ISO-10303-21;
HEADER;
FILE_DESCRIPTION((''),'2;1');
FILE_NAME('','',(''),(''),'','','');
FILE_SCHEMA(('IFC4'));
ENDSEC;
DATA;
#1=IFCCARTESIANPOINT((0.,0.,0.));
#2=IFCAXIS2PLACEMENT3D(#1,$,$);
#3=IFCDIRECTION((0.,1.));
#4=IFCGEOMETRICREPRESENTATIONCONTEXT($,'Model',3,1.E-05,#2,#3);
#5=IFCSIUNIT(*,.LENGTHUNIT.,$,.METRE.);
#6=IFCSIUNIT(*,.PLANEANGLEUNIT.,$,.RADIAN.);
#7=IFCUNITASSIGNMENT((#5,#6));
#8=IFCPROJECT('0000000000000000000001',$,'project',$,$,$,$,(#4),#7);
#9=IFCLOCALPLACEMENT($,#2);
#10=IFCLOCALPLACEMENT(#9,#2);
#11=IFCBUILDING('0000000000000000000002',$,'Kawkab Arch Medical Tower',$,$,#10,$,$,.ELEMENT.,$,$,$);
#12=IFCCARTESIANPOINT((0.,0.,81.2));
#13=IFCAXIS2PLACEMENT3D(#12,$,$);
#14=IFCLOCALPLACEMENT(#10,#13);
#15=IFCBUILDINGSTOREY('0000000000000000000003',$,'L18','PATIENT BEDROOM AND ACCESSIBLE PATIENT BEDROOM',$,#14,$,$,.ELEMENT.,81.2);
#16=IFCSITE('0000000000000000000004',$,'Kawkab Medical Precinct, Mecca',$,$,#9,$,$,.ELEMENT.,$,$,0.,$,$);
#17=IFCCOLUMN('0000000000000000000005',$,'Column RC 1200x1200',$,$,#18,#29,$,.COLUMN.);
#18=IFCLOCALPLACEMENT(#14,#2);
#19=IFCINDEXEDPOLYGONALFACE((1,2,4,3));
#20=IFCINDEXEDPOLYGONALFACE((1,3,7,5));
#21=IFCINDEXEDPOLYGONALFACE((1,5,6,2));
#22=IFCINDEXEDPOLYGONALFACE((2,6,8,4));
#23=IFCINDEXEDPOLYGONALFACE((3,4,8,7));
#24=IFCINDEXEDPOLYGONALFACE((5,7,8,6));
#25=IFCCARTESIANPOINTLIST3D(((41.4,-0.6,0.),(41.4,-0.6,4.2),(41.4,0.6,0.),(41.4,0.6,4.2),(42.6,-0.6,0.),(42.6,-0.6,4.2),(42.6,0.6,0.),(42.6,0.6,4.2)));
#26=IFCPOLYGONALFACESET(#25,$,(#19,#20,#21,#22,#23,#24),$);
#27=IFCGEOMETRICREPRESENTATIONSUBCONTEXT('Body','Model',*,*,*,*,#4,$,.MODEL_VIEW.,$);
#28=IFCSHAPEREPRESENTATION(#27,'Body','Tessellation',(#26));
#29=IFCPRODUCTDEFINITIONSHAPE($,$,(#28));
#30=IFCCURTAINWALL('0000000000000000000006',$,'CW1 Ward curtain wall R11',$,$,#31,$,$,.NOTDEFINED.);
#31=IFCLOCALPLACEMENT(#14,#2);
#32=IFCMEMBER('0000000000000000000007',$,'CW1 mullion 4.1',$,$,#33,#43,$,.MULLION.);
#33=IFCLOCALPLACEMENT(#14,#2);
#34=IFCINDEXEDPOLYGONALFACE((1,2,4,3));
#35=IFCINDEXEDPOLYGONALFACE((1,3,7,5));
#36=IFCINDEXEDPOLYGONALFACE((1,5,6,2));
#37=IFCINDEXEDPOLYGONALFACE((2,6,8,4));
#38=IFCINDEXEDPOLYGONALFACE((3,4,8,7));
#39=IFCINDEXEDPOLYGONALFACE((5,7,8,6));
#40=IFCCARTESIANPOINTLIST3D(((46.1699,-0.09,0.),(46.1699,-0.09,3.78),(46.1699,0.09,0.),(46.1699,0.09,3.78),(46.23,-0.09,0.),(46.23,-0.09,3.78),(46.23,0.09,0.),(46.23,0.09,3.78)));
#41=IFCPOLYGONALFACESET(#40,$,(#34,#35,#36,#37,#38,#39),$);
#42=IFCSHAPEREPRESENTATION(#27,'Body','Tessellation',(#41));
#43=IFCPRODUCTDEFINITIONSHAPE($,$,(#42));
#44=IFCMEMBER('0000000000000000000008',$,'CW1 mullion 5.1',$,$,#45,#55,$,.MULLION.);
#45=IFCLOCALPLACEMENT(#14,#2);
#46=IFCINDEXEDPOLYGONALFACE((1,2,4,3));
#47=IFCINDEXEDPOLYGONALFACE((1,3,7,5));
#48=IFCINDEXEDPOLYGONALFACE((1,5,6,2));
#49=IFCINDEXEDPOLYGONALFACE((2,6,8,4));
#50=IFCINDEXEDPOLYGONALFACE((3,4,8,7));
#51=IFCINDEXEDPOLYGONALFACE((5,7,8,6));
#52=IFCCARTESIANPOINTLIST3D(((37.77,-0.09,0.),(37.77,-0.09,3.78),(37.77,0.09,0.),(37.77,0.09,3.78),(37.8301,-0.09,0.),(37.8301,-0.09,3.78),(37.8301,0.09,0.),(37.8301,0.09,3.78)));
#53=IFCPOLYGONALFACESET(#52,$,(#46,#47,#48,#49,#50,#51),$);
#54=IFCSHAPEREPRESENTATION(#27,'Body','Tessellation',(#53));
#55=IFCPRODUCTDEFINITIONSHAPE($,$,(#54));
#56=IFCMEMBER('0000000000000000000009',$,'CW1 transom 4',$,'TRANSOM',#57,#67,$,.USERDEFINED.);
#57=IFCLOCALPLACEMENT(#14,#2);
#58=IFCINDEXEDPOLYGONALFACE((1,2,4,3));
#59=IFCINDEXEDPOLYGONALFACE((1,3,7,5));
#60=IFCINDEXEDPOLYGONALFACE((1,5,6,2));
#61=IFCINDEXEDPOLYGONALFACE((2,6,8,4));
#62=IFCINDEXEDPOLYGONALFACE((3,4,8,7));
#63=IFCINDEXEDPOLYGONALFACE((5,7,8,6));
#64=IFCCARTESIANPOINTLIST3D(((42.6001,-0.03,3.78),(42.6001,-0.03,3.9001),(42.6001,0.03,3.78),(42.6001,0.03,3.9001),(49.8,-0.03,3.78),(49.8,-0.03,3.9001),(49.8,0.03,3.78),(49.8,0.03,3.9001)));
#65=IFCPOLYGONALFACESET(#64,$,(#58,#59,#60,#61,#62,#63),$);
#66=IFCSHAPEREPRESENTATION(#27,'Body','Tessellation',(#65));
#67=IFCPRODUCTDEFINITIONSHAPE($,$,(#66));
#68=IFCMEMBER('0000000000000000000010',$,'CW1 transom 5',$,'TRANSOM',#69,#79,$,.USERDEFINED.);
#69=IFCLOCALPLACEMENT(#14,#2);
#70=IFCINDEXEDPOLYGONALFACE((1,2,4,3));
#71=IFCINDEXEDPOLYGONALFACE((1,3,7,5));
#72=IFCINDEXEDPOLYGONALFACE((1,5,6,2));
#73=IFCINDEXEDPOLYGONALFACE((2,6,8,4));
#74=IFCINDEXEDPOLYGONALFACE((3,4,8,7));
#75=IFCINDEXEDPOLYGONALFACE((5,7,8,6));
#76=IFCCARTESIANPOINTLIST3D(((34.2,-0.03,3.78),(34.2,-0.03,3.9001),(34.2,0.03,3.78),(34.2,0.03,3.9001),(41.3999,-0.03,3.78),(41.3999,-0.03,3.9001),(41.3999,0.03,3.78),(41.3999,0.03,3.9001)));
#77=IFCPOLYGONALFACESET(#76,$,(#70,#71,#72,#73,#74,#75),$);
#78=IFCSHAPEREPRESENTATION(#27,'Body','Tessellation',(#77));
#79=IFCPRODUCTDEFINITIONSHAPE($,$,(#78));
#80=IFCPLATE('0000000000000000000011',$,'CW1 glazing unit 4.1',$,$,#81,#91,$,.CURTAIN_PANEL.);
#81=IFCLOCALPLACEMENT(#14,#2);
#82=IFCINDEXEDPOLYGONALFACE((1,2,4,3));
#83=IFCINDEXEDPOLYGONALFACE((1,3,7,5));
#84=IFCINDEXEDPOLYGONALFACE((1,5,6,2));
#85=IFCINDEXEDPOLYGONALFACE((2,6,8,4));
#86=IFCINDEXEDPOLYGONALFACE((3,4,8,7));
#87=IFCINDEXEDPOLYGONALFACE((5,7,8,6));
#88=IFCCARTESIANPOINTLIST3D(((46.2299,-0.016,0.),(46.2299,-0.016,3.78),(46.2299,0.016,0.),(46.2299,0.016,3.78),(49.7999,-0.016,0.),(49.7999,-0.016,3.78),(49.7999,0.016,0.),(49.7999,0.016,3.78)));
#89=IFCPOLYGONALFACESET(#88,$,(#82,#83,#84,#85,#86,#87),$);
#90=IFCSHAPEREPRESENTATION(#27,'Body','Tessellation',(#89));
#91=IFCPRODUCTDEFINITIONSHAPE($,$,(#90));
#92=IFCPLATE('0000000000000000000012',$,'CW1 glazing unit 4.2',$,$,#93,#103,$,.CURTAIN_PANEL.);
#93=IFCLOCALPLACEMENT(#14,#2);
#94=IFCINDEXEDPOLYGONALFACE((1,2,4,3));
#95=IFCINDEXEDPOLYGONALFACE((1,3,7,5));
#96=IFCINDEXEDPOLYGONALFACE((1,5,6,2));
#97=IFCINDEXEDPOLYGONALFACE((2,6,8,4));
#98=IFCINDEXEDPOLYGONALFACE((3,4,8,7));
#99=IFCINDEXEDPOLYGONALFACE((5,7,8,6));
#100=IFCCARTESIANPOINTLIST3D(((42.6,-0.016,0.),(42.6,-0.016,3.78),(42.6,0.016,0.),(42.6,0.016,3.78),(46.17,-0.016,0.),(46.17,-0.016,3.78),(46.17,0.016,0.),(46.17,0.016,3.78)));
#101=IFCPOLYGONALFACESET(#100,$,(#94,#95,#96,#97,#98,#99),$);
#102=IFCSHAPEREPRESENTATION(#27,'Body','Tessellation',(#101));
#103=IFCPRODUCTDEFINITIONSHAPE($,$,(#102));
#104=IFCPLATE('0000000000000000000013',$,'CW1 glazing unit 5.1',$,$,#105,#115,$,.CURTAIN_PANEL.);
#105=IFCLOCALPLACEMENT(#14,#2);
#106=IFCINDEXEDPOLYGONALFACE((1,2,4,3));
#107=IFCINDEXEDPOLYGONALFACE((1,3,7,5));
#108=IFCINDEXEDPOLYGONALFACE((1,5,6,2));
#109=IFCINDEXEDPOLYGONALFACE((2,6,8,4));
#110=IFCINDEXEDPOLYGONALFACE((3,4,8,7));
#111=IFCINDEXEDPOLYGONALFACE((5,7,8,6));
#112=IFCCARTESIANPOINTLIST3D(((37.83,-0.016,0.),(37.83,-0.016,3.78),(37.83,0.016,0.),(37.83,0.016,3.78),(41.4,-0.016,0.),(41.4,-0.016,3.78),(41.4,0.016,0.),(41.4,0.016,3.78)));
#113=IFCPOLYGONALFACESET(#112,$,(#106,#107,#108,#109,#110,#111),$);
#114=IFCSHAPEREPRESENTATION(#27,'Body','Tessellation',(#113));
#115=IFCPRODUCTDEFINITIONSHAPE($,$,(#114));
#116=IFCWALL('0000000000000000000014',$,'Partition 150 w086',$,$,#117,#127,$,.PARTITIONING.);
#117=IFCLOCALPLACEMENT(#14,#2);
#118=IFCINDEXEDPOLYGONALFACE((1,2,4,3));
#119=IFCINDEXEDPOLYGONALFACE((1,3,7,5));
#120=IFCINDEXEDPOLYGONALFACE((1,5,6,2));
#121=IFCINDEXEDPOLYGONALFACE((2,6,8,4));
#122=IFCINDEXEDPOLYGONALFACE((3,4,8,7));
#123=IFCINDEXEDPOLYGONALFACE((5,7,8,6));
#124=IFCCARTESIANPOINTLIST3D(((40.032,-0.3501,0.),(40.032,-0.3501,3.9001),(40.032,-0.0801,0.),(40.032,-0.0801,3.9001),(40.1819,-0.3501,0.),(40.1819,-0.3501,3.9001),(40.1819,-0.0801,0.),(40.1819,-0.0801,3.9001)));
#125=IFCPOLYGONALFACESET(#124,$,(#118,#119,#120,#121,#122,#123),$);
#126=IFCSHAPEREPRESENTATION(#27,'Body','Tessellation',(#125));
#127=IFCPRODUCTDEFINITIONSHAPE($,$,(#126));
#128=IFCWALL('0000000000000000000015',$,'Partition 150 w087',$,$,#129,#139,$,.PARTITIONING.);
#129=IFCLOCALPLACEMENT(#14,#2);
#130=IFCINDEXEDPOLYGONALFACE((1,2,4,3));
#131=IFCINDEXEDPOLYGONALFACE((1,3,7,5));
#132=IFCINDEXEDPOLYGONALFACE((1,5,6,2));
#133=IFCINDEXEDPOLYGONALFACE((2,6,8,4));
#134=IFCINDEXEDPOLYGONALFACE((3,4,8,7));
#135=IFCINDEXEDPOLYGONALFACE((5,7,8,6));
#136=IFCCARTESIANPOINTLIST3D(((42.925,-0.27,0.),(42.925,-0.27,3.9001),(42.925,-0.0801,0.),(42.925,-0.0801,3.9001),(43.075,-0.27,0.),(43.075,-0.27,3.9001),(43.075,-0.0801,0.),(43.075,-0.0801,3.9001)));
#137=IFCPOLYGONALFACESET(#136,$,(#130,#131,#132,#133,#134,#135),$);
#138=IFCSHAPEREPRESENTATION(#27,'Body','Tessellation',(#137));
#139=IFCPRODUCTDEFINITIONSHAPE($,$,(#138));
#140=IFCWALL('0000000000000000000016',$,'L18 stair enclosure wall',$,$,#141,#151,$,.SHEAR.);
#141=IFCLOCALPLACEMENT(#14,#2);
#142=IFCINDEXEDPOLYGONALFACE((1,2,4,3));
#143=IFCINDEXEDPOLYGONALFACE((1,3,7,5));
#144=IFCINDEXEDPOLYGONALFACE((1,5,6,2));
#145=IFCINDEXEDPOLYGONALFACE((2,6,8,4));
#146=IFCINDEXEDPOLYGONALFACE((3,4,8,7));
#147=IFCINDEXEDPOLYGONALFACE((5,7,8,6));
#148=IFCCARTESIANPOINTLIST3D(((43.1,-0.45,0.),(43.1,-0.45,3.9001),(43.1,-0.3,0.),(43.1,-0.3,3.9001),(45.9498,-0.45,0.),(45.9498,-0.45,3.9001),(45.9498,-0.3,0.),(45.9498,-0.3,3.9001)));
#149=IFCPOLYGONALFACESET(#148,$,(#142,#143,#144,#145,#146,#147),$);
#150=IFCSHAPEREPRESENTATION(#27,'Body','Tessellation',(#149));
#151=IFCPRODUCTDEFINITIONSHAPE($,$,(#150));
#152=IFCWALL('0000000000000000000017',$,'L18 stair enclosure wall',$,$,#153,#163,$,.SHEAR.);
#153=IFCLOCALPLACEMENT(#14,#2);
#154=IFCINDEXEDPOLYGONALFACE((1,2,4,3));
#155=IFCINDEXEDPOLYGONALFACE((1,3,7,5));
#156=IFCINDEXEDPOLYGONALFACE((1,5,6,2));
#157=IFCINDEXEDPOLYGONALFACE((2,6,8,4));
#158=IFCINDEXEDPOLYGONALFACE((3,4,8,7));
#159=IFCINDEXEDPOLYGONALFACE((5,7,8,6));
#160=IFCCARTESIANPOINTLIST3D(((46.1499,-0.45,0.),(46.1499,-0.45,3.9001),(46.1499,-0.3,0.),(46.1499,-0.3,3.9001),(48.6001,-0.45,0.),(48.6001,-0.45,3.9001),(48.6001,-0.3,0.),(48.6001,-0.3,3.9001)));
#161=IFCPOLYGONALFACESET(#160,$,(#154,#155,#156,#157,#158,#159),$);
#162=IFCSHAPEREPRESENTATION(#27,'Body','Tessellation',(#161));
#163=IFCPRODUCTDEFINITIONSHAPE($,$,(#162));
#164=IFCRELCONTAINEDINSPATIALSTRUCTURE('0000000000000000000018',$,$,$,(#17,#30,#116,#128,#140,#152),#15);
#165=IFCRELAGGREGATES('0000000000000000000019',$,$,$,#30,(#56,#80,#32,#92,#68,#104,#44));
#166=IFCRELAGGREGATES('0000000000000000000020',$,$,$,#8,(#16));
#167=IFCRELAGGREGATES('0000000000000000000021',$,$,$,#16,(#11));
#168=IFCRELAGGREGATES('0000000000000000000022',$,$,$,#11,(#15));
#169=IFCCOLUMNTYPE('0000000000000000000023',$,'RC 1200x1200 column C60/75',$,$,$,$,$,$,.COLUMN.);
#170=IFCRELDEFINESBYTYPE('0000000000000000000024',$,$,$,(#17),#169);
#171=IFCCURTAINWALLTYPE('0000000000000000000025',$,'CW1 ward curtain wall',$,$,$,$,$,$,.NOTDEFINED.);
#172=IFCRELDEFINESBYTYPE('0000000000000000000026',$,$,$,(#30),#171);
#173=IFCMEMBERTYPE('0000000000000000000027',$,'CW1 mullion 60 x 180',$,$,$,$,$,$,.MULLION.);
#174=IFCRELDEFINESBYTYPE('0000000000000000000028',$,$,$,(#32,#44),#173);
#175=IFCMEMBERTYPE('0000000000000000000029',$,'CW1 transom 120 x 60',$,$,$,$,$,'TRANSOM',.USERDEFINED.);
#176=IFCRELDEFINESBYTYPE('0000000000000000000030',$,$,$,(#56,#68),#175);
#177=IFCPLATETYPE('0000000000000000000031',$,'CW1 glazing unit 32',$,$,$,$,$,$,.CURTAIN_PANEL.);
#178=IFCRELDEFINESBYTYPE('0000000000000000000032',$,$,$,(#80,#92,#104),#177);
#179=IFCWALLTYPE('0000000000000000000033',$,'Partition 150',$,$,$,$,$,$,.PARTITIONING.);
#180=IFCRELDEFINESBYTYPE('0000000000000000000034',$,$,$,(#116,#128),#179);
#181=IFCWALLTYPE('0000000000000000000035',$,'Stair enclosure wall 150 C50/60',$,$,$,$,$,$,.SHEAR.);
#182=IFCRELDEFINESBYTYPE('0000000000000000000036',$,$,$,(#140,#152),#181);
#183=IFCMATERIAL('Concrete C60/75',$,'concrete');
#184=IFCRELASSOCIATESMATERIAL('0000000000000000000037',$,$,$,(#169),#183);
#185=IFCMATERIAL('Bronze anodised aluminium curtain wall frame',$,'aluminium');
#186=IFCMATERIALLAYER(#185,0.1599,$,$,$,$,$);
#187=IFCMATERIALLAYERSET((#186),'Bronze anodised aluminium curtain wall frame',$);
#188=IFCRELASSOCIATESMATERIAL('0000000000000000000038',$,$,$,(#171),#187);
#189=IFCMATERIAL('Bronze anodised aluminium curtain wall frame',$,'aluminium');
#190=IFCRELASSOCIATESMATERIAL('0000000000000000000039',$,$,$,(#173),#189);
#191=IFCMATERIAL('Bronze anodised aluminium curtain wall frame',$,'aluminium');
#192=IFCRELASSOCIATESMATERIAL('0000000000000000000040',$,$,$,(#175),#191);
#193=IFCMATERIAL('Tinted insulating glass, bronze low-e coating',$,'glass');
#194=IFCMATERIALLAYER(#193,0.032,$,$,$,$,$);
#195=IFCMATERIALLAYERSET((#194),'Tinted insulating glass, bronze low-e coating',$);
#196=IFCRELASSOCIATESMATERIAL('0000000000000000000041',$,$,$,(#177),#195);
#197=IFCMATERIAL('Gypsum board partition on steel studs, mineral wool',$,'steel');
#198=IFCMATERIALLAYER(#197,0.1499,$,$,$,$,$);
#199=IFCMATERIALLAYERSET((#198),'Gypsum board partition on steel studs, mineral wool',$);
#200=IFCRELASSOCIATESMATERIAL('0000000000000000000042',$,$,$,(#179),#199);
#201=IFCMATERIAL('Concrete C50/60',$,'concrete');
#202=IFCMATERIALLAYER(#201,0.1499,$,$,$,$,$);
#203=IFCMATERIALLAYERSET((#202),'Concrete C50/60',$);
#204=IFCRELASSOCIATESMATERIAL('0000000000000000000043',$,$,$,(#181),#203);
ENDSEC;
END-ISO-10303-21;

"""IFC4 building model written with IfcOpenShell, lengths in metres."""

from ifc_helpers import new_model, si_unit, direction, frame, frame_2d, origin, origin_2d, place, context, subcontext, project, spatial, rectangle, extrude, material, layer, layer_set, material_profile, profile_set, type_object, element, aggregate, save


model = new_model("IFC4")

# Units and contexts
model_context = context("Model", 3, precision=1e-05, world=origin(), true_north=direction((0.0, 1.0)))
body_context = subcontext(model_context, "Body", "Model", "MODEL_VIEW")
ifc_project = project(units=[si_unit("LENGTHUNIT", "METRE"), si_unit("PLANEANGLEUNIT", "RADIAN")], contexts=[model_context])

# Site, building, storey
site_placement = place(None, origin())
site = spatial("IfcSite", under=ifc_project, at=site_placement, Name="Kawkab Medical Precinct, Mecca", CompositionType="ELEMENT", RefElevation=0.0)
building_placement = place(site_placement, origin())
building = spatial("IfcBuilding", under=site, at=building_placement, Name="Kawkab Arch Medical Tower", CompositionType="ELEMENT")
storey_placement = place(building_placement, frame((0.0, 0.0, 81.2)))
storey = spatial("IfcBuildingStorey", under=building, at=storey_placement, Name="L18", Description="PATIENT BEDROOM AND ACCESSIBLE PATIENT BEDROOM", CompositionType="ELEMENT", Elevation=81.2)

# Column
ifc_material_1 = material(Name="Concrete C60/75", Category="concrete")
ifc_material_profile_1 = material_profile(ifc_material_1, rectangle(XDim=1.2, YDim=1.2, at=origin_2d()), Name="RC 1200x1200")
ifc_profile_set_1 = profile_set([ifc_material_profile_1], Name="Concrete C60/75")
column_type = type_object("IfcColumnType", Name="RC 1200x1200 column C60/75", PredefinedType="COLUMN", material=ifc_profile_set_1)
column_placement = place(storey_placement, frame((42.0, 0.0, 0.0), z_axis=(0.0, 0.0, 1.0), x_axis=(1.0, 0.0, 0.0)))
element("IfcColumn", 1, at=column_placement, inside=storey, type_object=column_type, Name="Column RC 1200x1200", PredefinedType="COLUMN", context=body_context, shape_type="SweptSolid", body=[
    extrude(rectangle(XDim=1.2, YDim=1.2, at=origin_2d()), origin(), (0.0, 0.0, 1.0), 4.2),
])

# Curtain wall, members, plates
ifc_material_2 = material(Name="Bronze anodised aluminium curtain wall frame", Category="aluminium")
ifc_layer_1 = layer(ifc_material_2, 0.1599)
ifc_layer_set_1 = layer_set([ifc_layer_1], Name="Bronze anodised aluminium curtain wall frame")
curtain_wall_type = type_object("IfcCurtainWallType", Name="CW1 ward curtain wall", PredefinedType="NOTDEFINED", material=ifc_layer_set_1)
curtain_wall_placement = place(storey_placement, origin())
curtain_wall = element("IfcCurtainWall", 2, at=curtain_wall_placement, inside=storey, type_object=curtain_wall_type, Name="CW1 Ward curtain wall R11", PredefinedType="NOTDEFINED")
ifc_material_3 = material(Name="Bronze anodised aluminium curtain wall frame", Category="aluminium")
ifc_material_profile_2 = material_profile(ifc_material_3, rectangle(XDim=0.1799, YDim=0.0601, at=origin_2d()), Name="AL 60x180")
ifc_profile_set_2 = profile_set([ifc_material_profile_2], Name="Bronze anodised aluminium curtain wall frame")
member_type_1 = type_object("IfcMemberType", Name="CW1 mullion 60 x 180", PredefinedType="MULLION", material=ifc_profile_set_2)
member_1_placement = place(storey_placement, frame((46.2, 0.0, 0.0), z_axis=(0.0, 0.0, 1.0), x_axis=(0.0, -1.0, 0.0)))
member_1 = element("IfcMember", 3, at=member_1_placement, type_object=member_type_1, Name="CW1 mullion 4.1", PredefinedType="MULLION", context=body_context, shape_type="SweptSolid", body=[
    extrude(rectangle(XDim=0.1799, YDim=0.0601, at=origin_2d()), origin(), (0.0, 0.0, 1.0), 3.78),
])
member_2_placement = place(storey_placement, frame((37.8, 0.0, 0.0), z_axis=(0.0, 0.0, 1.0), x_axis=(0.0, -1.0, 0.0)))
member_2 = element("IfcMember", 4, at=member_2_placement, type_object=member_type_1, Name="CW1 mullion 5.1", PredefinedType="MULLION", context=body_context, shape_type="SweptSolid", body=[
    extrude(rectangle(XDim=0.1799, YDim=0.0601, at=origin_2d()), origin(), (0.0, 0.0, 1.0), 3.78),
])
ifc_material_4 = material(Name="Bronze anodised aluminium curtain wall frame", Category="aluminium")
ifc_material_profile_3 = material_profile(ifc_material_4, rectangle(XDim=0.0601, YDim=0.1201, at=origin_2d()), Name="AL 60x120")
ifc_profile_set_3 = profile_set([ifc_material_profile_3], Name="Bronze anodised aluminium curtain wall frame")
member_type_2 = type_object("IfcMemberType", Name="CW1 transom 120 x 60", ElementType="TRANSOM", PredefinedType="USERDEFINED", material=ifc_profile_set_3)
member_3_placement = place(storey_placement, frame((49.8, 0.0, 3.8401), z_axis=(-1.0, 0.0, 0.0), x_axis=(0.0, -1.0, 0.0)))
member_3 = element("IfcMember", 5, at=member_3_placement, type_object=member_type_2, Name="CW1 transom 4", ObjectType="TRANSOM", PredefinedType="USERDEFINED", context=body_context, shape_type="SweptSolid", body=[
    extrude(rectangle(XDim=0.0601, YDim=0.1201, at=origin_2d()), origin(), (0.0, 0.0, 1.0), 7.2),
])
member_4_placement = place(storey_placement, frame((41.3999, 0.0, 3.8401), z_axis=(-1.0, 0.0, 0.0), x_axis=(0.0, -1.0, 0.0)))
member_4 = element("IfcMember", 6, at=member_4_placement, type_object=member_type_2, Name="CW1 transom 5", ObjectType="TRANSOM", PredefinedType="USERDEFINED", context=body_context, shape_type="SweptSolid", body=[
    extrude(rectangle(XDim=0.0601, YDim=0.1201, at=origin_2d()), origin(), (0.0, 0.0, 1.0), 7.2),
])
ifc_material_5 = material(Name="Tinted insulating glass, bronze low-e coating", Category="glass")
ifc_layer_2 = layer(ifc_material_5, 0.032)
ifc_layer_set_2 = layer_set([ifc_layer_2], Name="Tinted insulating glass, bronze low-e coating")
plate_type = type_object("IfcPlateType", Name="CW1 glazing unit 32", PredefinedType="CURTAIN_PANEL", material=ifc_layer_set_2)
plate_1_placement = place(storey_placement, frame((48.0149, 0.0, 0.0), z_axis=(0.0, 0.0, 1.0), x_axis=(-1.0, 0.0, 0.0)))
plate_1 = element("IfcPlate", 7, at=plate_1_placement, type_object=plate_type, Name="CW1 glazing unit 4.1", PredefinedType="CURTAIN_PANEL", context=body_context, shape_type="SweptSolid", body=[
    extrude(rectangle(XDim=3.5701, YDim=0.032, at=origin_2d()), origin(), (0.0, 0.0, 1.0), 3.78),
])
plate_2_placement = place(storey_placement, frame((44.385, 0.0, 0.0), z_axis=(0.0, 0.0, 1.0), x_axis=(-1.0, 0.0, 0.0)))
plate_2 = element("IfcPlate", 8, at=plate_2_placement, type_object=plate_type, Name="CW1 glazing unit 4.2", PredefinedType="CURTAIN_PANEL", context=body_context, shape_type="SweptSolid", body=[
    extrude(rectangle(XDim=3.5701, YDim=0.032, at=origin_2d()), origin(), (0.0, 0.0, 1.0), 3.78),
])
plate_3_placement = place(storey_placement, frame((39.615, 0.0, 0.0), z_axis=(0.0, 0.0, 1.0), x_axis=(-1.0, 0.0, 0.0)))
plate_3 = element("IfcPlate", 9, at=plate_3_placement, type_object=plate_type, Name="CW1 glazing unit 5.1", PredefinedType="CURTAIN_PANEL", context=body_context, shape_type="SweptSolid", body=[
    extrude(rectangle(XDim=3.5701, YDim=0.032, at=origin_2d()), origin(), (0.0, 0.0, 1.0), 3.78),
])
aggregate(curtain_wall, [member_3, plate_1, member_1, plate_2, member_4, plate_3, member_2])

# Walls
ifc_material_6 = material(Name="Gypsum board partition on steel studs, mineral wool", Category="steel")
ifc_layer_3 = layer(ifc_material_6, 0.1499)
ifc_layer_set_3 = layer_set([ifc_layer_3], Name="Gypsum board partition on steel studs, mineral wool")
wall_type_1 = type_object("IfcWallType", Name="Partition 150", PredefinedType="PARTITIONING", material=ifc_layer_set_3)
wall_1_placement = place(storey_placement, frame((40.1069, -0.3501, 0.0), z_axis=(0.0, 0.0, 1.0), x_axis=(0.0, 1.0, 0.0)))
element("IfcWall", 10, at=wall_1_placement, inside=storey, type_object=wall_type_1, Name="Partition 150 w086", PredefinedType="PARTITIONING", context=body_context, shape_type="SweptSolid", body=[
    extrude(rectangle(XDim=0.27, YDim=0.1499, at=frame_2d((0.135, 0.0))), origin(), (0.0, 0.0, 1.0), 3.9001),
])
wall_2_placement = place(storey_placement, frame((43.0, -0.27, 0.0), z_axis=(0.0, 0.0, 1.0), x_axis=(0.0, 1.0, 0.0)))
element("IfcWall", 11, at=wall_2_placement, inside=storey, type_object=wall_type_1, Name="Partition 150 w087", PredefinedType="PARTITIONING", context=body_context, shape_type="SweptSolid", body=[
    extrude(rectangle(XDim=0.1899, YDim=0.1499, at=frame_2d((0.095, 0.0))), origin(), (0.0, 0.0, 1.0), 3.9001),
])
ifc_material_7 = material(Name="Concrete C50/60", Category="concrete")
ifc_layer_4 = layer(ifc_material_7, 0.1499)
ifc_layer_set_4 = layer_set([ifc_layer_4], Name="Concrete C50/60")
wall_type_2 = type_object("IfcWallType", Name="Stair enclosure wall 150 C50/60", PredefinedType="SHEAR", material=ifc_layer_set_4)
wall_3_placement = place(storey_placement, frame((43.1001, -0.375, 0.0), z_axis=(0.0, 0.0, 1.0), x_axis=(1.0, 0.0, 0.0)))
element("IfcWall", 12, at=wall_3_placement, inside=storey, type_object=wall_type_2, Name="L18 stair enclosure wall", PredefinedType="SHEAR", context=body_context, shape_type="SweptSolid", body=[
    extrude(rectangle(XDim=2.8499, YDim=0.1499, at=frame_2d((1.4248, 0.0))), origin(), (0.0, 0.0, 1.0), 3.9001),
])
wall_4_placement = place(storey_placement, frame((46.1499, -0.375, 0.0), z_axis=(0.0, 0.0, 1.0), x_axis=(1.0, 0.0, 0.0)))
element("IfcWall", 13, at=wall_4_placement, inside=storey, type_object=wall_type_2, Name="L18 stair enclosure wall", PredefinedType="SHEAR", context=body_context, shape_type="SweptSolid", body=[
    extrude(rectangle(XDim=2.4502, YDim=0.1499, at=frame_2d((1.2251, 0.0))), origin(), (0.0, 0.0, 1.0), 3.9001),
])

save(model, "model.ifc")
